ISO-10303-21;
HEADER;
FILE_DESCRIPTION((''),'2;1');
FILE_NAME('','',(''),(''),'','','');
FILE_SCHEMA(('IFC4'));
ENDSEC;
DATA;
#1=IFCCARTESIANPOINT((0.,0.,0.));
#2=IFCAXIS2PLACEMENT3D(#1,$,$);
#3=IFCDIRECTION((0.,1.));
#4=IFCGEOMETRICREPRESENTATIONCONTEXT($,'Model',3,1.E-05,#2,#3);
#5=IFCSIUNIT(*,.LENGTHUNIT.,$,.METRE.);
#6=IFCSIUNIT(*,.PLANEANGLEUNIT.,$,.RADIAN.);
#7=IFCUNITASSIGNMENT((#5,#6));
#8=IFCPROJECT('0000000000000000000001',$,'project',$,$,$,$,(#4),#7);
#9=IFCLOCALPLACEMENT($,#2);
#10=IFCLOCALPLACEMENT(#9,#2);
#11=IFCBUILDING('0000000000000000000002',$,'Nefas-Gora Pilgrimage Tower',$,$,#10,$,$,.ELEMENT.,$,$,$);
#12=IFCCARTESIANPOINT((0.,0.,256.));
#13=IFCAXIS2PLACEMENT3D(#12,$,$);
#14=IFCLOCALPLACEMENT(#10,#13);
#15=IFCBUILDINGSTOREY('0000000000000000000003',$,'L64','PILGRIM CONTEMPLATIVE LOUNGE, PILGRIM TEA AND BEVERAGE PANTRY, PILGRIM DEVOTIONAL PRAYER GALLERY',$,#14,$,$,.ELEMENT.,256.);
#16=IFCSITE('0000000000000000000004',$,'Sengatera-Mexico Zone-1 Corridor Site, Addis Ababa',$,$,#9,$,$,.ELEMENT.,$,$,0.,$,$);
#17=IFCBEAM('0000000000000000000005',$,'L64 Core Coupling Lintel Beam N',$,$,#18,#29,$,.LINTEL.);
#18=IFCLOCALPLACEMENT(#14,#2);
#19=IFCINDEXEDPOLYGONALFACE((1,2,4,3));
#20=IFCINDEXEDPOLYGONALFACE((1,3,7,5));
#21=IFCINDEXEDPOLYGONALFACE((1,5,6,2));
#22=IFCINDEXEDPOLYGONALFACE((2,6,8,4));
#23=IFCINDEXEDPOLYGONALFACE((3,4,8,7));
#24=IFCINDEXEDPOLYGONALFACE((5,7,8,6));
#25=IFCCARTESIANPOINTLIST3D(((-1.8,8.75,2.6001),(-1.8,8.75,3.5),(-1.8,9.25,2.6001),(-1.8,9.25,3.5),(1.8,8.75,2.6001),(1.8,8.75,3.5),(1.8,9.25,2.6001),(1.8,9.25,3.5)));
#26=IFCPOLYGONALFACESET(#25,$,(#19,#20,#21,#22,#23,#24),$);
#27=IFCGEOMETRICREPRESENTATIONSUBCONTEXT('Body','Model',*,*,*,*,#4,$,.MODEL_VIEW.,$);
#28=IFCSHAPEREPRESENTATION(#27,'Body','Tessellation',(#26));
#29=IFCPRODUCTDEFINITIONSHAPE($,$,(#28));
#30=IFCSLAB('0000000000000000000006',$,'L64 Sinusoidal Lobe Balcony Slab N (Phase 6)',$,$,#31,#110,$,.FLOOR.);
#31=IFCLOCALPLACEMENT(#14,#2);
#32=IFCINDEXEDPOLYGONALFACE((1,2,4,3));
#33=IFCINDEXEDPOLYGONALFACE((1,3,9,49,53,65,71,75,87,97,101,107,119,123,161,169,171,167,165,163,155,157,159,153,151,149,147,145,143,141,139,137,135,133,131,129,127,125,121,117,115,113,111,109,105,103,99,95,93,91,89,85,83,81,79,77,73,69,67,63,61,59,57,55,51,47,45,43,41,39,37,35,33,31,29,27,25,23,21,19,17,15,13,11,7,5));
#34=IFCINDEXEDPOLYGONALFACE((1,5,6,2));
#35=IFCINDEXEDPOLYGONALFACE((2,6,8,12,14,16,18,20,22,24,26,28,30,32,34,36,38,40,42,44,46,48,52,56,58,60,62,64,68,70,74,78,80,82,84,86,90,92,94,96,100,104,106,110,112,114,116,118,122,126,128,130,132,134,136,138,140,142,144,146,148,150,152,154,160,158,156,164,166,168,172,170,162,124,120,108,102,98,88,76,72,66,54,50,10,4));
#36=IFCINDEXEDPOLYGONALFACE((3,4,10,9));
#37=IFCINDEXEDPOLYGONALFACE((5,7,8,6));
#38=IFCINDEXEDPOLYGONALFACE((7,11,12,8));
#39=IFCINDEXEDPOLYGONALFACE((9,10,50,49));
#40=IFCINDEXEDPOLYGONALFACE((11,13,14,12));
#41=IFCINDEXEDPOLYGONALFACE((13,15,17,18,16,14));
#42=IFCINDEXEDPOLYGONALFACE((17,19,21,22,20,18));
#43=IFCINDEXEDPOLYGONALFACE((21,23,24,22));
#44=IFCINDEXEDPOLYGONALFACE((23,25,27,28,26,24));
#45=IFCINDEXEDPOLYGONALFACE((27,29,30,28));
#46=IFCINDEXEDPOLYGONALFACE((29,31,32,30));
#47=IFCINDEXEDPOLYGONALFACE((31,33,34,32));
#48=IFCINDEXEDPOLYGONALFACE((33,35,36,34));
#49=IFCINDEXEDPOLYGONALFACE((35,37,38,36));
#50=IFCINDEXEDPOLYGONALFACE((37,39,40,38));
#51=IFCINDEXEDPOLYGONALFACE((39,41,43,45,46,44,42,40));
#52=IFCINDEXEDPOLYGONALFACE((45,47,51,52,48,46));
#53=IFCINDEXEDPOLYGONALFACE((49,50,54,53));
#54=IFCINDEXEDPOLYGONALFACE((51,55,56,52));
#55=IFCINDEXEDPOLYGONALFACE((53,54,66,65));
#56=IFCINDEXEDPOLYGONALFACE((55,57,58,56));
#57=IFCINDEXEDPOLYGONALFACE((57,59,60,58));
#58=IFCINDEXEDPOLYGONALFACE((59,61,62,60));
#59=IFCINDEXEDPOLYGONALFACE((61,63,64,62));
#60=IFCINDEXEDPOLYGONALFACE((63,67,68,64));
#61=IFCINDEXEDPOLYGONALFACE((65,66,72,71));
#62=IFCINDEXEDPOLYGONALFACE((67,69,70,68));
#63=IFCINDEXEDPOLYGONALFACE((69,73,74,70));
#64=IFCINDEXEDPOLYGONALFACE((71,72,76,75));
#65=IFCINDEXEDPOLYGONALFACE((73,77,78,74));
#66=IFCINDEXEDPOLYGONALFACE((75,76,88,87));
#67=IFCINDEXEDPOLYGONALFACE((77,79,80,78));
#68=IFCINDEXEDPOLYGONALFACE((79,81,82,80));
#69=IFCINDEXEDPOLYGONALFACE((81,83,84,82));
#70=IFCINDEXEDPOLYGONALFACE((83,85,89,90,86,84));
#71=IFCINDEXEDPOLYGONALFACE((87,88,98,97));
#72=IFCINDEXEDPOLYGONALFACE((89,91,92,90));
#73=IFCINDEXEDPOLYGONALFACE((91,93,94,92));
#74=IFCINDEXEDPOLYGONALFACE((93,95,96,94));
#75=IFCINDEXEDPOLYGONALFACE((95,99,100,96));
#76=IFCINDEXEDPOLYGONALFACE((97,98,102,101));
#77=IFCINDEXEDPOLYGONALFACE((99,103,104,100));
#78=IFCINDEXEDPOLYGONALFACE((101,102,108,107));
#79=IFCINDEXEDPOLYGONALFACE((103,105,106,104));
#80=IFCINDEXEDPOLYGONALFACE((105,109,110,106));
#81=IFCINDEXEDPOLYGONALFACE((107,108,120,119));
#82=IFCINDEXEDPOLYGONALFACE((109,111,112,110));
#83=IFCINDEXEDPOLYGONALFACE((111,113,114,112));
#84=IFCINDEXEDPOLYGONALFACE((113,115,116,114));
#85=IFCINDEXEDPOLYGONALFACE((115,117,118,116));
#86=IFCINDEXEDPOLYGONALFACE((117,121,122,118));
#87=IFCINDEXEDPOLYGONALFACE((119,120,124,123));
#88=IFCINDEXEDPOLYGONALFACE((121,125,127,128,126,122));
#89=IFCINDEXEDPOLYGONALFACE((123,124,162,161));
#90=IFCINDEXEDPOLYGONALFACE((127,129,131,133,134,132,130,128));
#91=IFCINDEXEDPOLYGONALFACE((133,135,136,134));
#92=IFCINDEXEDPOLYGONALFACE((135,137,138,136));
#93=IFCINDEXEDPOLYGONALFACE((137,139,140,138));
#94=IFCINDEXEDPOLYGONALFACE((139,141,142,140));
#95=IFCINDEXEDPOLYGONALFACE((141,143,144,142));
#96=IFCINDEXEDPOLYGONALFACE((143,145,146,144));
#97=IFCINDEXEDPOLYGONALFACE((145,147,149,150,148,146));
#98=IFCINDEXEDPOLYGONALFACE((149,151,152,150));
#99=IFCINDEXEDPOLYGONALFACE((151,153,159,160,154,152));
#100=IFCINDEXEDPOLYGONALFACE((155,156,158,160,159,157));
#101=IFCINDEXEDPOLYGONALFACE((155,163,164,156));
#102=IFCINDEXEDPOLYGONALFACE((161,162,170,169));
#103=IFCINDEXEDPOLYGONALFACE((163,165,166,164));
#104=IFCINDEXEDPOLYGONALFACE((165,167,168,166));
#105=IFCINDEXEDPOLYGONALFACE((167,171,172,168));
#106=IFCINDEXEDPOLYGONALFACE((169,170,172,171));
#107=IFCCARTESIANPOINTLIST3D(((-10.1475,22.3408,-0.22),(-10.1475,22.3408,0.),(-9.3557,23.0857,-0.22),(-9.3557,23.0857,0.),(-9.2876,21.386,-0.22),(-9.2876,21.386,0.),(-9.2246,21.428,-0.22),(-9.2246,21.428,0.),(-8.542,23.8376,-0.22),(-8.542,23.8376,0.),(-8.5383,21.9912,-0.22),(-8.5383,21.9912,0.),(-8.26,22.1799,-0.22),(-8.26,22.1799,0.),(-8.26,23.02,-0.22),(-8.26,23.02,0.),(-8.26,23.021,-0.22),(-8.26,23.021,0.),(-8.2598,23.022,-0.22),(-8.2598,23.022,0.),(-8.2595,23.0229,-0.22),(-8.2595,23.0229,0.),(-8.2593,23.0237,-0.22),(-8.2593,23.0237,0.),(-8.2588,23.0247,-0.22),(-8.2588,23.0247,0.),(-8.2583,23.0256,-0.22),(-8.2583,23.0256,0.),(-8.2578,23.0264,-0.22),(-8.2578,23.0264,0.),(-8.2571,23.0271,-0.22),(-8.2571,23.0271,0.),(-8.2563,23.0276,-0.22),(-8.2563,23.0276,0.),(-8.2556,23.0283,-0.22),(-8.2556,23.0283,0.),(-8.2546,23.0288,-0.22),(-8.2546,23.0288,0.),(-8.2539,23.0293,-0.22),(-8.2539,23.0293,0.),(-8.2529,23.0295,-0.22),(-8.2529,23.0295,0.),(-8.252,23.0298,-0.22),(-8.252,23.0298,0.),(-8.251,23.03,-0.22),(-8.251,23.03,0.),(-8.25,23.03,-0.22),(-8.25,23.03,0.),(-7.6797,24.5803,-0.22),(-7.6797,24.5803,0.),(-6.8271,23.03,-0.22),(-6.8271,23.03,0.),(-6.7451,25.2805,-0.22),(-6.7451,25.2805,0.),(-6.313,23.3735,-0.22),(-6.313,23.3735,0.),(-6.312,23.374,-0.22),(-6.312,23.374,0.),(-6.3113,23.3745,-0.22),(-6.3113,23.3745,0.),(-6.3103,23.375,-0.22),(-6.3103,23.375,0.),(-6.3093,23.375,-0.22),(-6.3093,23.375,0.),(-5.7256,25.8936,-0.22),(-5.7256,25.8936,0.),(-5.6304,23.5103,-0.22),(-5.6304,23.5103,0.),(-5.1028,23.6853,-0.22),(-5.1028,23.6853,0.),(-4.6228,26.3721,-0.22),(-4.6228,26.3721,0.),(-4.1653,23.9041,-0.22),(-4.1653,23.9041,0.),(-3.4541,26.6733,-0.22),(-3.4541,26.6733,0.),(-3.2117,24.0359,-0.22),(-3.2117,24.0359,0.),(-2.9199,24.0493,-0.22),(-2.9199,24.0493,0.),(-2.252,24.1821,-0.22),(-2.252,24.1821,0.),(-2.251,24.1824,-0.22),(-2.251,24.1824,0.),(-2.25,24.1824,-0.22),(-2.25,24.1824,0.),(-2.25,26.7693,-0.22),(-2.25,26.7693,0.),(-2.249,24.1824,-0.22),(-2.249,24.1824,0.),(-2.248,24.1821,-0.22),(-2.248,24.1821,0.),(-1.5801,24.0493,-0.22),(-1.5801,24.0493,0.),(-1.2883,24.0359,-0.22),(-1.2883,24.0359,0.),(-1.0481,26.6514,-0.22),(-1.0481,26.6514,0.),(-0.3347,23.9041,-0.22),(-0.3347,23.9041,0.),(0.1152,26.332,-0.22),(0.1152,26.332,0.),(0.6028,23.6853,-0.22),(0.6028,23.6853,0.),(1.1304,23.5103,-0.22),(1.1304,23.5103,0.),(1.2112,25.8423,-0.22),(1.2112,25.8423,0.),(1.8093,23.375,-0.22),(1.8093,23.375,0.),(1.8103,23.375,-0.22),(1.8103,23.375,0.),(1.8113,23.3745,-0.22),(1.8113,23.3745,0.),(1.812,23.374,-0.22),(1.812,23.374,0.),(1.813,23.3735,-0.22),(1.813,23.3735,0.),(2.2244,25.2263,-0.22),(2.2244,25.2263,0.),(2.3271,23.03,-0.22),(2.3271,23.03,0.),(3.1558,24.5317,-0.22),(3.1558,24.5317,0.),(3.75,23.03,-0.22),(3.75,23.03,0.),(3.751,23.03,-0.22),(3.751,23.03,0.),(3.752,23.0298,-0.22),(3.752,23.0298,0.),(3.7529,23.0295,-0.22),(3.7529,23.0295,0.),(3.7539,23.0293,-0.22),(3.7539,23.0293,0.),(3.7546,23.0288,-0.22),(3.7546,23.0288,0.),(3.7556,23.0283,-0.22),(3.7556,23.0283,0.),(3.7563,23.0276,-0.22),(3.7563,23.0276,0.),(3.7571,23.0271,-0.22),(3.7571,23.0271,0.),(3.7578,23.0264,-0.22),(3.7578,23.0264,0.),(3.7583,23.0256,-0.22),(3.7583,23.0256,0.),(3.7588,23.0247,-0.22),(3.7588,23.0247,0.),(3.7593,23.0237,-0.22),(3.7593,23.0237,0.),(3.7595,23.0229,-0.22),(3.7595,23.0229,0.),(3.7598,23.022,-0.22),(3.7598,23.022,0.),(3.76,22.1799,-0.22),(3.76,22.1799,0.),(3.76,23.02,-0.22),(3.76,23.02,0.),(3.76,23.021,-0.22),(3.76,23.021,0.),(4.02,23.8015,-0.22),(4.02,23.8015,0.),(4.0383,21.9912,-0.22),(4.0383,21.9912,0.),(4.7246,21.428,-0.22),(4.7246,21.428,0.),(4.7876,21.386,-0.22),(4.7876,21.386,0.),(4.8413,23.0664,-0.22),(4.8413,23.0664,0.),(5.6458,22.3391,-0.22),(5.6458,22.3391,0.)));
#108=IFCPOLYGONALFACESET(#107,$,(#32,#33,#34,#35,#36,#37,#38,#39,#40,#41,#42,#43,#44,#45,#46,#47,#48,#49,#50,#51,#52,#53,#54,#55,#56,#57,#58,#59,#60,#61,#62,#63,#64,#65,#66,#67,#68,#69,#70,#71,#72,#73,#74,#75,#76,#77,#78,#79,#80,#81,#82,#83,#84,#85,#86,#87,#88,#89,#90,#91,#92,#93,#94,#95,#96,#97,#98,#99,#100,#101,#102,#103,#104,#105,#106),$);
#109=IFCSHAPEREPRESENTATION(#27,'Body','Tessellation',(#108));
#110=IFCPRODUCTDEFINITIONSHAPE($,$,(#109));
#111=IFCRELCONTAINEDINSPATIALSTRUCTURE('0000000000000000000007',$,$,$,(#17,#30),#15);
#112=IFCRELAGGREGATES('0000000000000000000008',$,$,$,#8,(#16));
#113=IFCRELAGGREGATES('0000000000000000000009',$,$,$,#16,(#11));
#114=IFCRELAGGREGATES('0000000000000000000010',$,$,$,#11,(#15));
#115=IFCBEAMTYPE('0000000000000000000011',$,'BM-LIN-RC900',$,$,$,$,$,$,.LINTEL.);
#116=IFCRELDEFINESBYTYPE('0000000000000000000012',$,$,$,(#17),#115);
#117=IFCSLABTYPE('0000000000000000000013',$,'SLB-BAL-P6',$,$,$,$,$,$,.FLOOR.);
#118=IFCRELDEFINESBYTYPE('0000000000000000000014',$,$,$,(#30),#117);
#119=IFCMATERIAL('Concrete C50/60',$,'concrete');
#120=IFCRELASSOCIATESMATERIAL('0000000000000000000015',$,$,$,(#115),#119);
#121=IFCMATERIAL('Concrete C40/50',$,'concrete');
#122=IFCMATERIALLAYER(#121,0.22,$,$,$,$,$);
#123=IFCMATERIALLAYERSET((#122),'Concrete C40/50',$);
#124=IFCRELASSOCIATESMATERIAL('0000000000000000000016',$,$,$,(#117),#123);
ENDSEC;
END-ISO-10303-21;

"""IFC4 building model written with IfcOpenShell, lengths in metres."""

from ifc_helpers import new_model, si_unit, direction, frame, origin, origin_2d, place, context, subcontext, project, spatial, polyline, rectangle, outline, extrude, source, transform, mapped, material, layer, layer_set, material_profile, profile_set, type_object, element, save


model = new_model("IFC4")

# Units and contexts
model_context = context("Model", 3, precision=1e-05, world=origin(), true_north=direction((0.0, 1.0)))
body_context = subcontext(model_context, "Body", "Model", "MODEL_VIEW")
ifc_project = project(units=[si_unit("LENGTHUNIT", "METRE"), si_unit("PLANEANGLEUNIT", "RADIAN")], contexts=[model_context])

# Site, building, storey
site_placement = place(None, origin())
site = spatial("IfcSite", under=ifc_project, at=site_placement, Name="Sengatera-Mexico Zone-1 Corridor Site, Addis Ababa", CompositionType="ELEMENT", RefElevation=0.0)
building_placement = place(site_placement, origin())
building = spatial("IfcBuilding", under=site, at=building_placement, Name="Nefas-Gora Pilgrimage Tower", CompositionType="ELEMENT")
storey_placement = place(building_placement, frame((0.0, 0.0, 256.0)))
storey = spatial("IfcBuildingStorey", under=building, at=storey_placement, Name="L64", Description="PILGRIM CONTEMPLATIVE LOUNGE, PILGRIM TEA AND BEVERAGE PANTRY, PILGRIM DEVOTIONAL PRAYER GALLERY", CompositionType="ELEMENT", Elevation=256.0)

# Beam
ifc_material_1 = material(Name="Concrete C50/60", Category="concrete")
ifc_material_profile = material_profile(ifc_material_1, rectangle(XDim=0.5, YDim=0.8999, at=origin_2d()), Name="RC 500x900")
ifc_profile_set = profile_set([ifc_material_profile], Name="Concrete C50/60")
beam_type = type_object("IfcBeamType", Name="BM-LIN-RC900", PredefinedType="LINTEL", material=ifc_profile_set)
shared_shape_1 = source(origin(), body_context, "Body", "SweptSolid", [
    extrude(rectangle(XDim=0.5, YDim=0.8999, at=origin_2d()), origin(), (0.0, 0.0, 1.0), 3.6001),
])
beam_placement = place(storey_placement, frame((-1.8, 9.0, 3.05), z_axis=(1.0, 0.0, 0.0), x_axis=(0.0, 1.0, 0.0)))
element("IfcBeam", 1, at=beam_placement, inside=storey, type_object=beam_type, Name="L64 Core Coupling Lintel Beam N", PredefinedType="LINTEL", context=body_context, shape_type="MappedRepresentation", body=[
    mapped(shared_shape_1, transform((0.0, 0.0, 0.0), x_axis=(1.0, 0.0, 0.0), y_axis=(0.0, 1.0, 0.0), z_axis=(0.0, 0.0, 1.0), scale=1.0)),
])

# Slab
ifc_material_2 = material(Name="Concrete C40/50", Category="concrete")
ifc_layer_1 = layer(ifc_material_2, 0.22)
ifc_layer_set_1 = layer_set([ifc_layer_1], Name="Concrete C40/50")
slab_type_1 = type_object("IfcSlabType", Name="SLB-BAL-P6", PredefinedType="FLOOR", material=ifc_layer_set_1)
slab_1_placement = place(storey_placement, frame((0.0, 0.0, -0.22)))
element("IfcSlab", 2, at=slab_1_placement, inside=storey, type_object=slab_type_1, Name="L64 Sinusoidal Lobe Balcony Slab N (Phase 6)", PredefinedType="FLOOR", context=body_context, shape_type="SweptSolid", body=[
    extrude(outline(polyline([(-9.2876, 21.386), (-9.2246, 21.428), (-8.5383, 21.9912), (-8.26, 22.1799), (-8.26, 23.02), (-8.26, 23.021), (-8.2598, 23.022), (-8.2595, 23.0229), (-8.2593, 23.0237), (-8.2588, 23.0247), (-8.2583, 23.0256), (-8.2578, 23.0264), (-8.2571, 23.0271), (-8.2563, 23.0276), (-8.2556, 23.0283), (-8.2546, 23.0288), (-8.2539, 23.0293), (-8.2529, 23.0295), (-8.252, 23.0298), (-8.251, 23.03), (-8.25, 23.03), (-6.8271, 23.03), (-6.313, 23.3735), (-6.312, 23.374), (-6.3113, 23.3745), (-6.3103, 23.375), (-6.3093, 23.375), (-5.6304, 23.5103), (-5.1028, 23.6853), (-4.1653, 23.9041), (-3.2117, 24.0359), (-2.9199, 24.0493), (-2.252, 24.1821), (-2.251, 24.1824), (-2.25, 24.1824), (-2.249, 24.1824), (-2.248, 24.1821), (-1.5801, 24.0493), (-1.2883, 24.0359), (-0.3347, 23.9041), (0.6028, 23.6853), (1.1304, 23.5103), (1.8093, 23.375), (1.8103, 23.375), (1.8113, 23.3745), (1.812, 23.374), (1.813, 23.3735), (2.3271, 23.03), (3.75, 23.03), (3.751, 23.03), (3.752, 23.0298), (3.7529, 23.0295), (3.7539, 23.0293), (3.7546, 23.0288), (3.7556, 23.0283), (3.7563, 23.0276), (3.7571, 23.0271), (3.7578, 23.0264), (3.7583, 23.0256), (3.7588, 23.0247), (3.7593, 23.0237), (3.7595, 23.0229), (3.7598, 23.022), (3.76, 23.021), (3.76, 23.02), (3.76, 22.1799), (4.0383, 21.9912), (4.7246, 21.428), (4.7876, 21.386), (5.6458, 22.3391), (4.8413, 23.0664), (4.02, 23.8015), (3.1558, 24.5317), (2.2244, 25.2263), (1.2112, 25.8423), (0.1152, 26.332), (-1.0481, 26.6514), (-2.25, 26.7693), (-3.4541, 26.6733), (-4.6228, 26.3721), (-5.7256, 25.8936), (-6.7451, 25.2805), (-7.6797, 24.5803), (-8.542, 23.8376), (-9.3557, 23.0857), (-10.1475, 22.3408), (-9.2876, 21.386)])), origin(), (0.0, 0.0, 1.0), 0.22),
])

save(model, "model.ifc")
